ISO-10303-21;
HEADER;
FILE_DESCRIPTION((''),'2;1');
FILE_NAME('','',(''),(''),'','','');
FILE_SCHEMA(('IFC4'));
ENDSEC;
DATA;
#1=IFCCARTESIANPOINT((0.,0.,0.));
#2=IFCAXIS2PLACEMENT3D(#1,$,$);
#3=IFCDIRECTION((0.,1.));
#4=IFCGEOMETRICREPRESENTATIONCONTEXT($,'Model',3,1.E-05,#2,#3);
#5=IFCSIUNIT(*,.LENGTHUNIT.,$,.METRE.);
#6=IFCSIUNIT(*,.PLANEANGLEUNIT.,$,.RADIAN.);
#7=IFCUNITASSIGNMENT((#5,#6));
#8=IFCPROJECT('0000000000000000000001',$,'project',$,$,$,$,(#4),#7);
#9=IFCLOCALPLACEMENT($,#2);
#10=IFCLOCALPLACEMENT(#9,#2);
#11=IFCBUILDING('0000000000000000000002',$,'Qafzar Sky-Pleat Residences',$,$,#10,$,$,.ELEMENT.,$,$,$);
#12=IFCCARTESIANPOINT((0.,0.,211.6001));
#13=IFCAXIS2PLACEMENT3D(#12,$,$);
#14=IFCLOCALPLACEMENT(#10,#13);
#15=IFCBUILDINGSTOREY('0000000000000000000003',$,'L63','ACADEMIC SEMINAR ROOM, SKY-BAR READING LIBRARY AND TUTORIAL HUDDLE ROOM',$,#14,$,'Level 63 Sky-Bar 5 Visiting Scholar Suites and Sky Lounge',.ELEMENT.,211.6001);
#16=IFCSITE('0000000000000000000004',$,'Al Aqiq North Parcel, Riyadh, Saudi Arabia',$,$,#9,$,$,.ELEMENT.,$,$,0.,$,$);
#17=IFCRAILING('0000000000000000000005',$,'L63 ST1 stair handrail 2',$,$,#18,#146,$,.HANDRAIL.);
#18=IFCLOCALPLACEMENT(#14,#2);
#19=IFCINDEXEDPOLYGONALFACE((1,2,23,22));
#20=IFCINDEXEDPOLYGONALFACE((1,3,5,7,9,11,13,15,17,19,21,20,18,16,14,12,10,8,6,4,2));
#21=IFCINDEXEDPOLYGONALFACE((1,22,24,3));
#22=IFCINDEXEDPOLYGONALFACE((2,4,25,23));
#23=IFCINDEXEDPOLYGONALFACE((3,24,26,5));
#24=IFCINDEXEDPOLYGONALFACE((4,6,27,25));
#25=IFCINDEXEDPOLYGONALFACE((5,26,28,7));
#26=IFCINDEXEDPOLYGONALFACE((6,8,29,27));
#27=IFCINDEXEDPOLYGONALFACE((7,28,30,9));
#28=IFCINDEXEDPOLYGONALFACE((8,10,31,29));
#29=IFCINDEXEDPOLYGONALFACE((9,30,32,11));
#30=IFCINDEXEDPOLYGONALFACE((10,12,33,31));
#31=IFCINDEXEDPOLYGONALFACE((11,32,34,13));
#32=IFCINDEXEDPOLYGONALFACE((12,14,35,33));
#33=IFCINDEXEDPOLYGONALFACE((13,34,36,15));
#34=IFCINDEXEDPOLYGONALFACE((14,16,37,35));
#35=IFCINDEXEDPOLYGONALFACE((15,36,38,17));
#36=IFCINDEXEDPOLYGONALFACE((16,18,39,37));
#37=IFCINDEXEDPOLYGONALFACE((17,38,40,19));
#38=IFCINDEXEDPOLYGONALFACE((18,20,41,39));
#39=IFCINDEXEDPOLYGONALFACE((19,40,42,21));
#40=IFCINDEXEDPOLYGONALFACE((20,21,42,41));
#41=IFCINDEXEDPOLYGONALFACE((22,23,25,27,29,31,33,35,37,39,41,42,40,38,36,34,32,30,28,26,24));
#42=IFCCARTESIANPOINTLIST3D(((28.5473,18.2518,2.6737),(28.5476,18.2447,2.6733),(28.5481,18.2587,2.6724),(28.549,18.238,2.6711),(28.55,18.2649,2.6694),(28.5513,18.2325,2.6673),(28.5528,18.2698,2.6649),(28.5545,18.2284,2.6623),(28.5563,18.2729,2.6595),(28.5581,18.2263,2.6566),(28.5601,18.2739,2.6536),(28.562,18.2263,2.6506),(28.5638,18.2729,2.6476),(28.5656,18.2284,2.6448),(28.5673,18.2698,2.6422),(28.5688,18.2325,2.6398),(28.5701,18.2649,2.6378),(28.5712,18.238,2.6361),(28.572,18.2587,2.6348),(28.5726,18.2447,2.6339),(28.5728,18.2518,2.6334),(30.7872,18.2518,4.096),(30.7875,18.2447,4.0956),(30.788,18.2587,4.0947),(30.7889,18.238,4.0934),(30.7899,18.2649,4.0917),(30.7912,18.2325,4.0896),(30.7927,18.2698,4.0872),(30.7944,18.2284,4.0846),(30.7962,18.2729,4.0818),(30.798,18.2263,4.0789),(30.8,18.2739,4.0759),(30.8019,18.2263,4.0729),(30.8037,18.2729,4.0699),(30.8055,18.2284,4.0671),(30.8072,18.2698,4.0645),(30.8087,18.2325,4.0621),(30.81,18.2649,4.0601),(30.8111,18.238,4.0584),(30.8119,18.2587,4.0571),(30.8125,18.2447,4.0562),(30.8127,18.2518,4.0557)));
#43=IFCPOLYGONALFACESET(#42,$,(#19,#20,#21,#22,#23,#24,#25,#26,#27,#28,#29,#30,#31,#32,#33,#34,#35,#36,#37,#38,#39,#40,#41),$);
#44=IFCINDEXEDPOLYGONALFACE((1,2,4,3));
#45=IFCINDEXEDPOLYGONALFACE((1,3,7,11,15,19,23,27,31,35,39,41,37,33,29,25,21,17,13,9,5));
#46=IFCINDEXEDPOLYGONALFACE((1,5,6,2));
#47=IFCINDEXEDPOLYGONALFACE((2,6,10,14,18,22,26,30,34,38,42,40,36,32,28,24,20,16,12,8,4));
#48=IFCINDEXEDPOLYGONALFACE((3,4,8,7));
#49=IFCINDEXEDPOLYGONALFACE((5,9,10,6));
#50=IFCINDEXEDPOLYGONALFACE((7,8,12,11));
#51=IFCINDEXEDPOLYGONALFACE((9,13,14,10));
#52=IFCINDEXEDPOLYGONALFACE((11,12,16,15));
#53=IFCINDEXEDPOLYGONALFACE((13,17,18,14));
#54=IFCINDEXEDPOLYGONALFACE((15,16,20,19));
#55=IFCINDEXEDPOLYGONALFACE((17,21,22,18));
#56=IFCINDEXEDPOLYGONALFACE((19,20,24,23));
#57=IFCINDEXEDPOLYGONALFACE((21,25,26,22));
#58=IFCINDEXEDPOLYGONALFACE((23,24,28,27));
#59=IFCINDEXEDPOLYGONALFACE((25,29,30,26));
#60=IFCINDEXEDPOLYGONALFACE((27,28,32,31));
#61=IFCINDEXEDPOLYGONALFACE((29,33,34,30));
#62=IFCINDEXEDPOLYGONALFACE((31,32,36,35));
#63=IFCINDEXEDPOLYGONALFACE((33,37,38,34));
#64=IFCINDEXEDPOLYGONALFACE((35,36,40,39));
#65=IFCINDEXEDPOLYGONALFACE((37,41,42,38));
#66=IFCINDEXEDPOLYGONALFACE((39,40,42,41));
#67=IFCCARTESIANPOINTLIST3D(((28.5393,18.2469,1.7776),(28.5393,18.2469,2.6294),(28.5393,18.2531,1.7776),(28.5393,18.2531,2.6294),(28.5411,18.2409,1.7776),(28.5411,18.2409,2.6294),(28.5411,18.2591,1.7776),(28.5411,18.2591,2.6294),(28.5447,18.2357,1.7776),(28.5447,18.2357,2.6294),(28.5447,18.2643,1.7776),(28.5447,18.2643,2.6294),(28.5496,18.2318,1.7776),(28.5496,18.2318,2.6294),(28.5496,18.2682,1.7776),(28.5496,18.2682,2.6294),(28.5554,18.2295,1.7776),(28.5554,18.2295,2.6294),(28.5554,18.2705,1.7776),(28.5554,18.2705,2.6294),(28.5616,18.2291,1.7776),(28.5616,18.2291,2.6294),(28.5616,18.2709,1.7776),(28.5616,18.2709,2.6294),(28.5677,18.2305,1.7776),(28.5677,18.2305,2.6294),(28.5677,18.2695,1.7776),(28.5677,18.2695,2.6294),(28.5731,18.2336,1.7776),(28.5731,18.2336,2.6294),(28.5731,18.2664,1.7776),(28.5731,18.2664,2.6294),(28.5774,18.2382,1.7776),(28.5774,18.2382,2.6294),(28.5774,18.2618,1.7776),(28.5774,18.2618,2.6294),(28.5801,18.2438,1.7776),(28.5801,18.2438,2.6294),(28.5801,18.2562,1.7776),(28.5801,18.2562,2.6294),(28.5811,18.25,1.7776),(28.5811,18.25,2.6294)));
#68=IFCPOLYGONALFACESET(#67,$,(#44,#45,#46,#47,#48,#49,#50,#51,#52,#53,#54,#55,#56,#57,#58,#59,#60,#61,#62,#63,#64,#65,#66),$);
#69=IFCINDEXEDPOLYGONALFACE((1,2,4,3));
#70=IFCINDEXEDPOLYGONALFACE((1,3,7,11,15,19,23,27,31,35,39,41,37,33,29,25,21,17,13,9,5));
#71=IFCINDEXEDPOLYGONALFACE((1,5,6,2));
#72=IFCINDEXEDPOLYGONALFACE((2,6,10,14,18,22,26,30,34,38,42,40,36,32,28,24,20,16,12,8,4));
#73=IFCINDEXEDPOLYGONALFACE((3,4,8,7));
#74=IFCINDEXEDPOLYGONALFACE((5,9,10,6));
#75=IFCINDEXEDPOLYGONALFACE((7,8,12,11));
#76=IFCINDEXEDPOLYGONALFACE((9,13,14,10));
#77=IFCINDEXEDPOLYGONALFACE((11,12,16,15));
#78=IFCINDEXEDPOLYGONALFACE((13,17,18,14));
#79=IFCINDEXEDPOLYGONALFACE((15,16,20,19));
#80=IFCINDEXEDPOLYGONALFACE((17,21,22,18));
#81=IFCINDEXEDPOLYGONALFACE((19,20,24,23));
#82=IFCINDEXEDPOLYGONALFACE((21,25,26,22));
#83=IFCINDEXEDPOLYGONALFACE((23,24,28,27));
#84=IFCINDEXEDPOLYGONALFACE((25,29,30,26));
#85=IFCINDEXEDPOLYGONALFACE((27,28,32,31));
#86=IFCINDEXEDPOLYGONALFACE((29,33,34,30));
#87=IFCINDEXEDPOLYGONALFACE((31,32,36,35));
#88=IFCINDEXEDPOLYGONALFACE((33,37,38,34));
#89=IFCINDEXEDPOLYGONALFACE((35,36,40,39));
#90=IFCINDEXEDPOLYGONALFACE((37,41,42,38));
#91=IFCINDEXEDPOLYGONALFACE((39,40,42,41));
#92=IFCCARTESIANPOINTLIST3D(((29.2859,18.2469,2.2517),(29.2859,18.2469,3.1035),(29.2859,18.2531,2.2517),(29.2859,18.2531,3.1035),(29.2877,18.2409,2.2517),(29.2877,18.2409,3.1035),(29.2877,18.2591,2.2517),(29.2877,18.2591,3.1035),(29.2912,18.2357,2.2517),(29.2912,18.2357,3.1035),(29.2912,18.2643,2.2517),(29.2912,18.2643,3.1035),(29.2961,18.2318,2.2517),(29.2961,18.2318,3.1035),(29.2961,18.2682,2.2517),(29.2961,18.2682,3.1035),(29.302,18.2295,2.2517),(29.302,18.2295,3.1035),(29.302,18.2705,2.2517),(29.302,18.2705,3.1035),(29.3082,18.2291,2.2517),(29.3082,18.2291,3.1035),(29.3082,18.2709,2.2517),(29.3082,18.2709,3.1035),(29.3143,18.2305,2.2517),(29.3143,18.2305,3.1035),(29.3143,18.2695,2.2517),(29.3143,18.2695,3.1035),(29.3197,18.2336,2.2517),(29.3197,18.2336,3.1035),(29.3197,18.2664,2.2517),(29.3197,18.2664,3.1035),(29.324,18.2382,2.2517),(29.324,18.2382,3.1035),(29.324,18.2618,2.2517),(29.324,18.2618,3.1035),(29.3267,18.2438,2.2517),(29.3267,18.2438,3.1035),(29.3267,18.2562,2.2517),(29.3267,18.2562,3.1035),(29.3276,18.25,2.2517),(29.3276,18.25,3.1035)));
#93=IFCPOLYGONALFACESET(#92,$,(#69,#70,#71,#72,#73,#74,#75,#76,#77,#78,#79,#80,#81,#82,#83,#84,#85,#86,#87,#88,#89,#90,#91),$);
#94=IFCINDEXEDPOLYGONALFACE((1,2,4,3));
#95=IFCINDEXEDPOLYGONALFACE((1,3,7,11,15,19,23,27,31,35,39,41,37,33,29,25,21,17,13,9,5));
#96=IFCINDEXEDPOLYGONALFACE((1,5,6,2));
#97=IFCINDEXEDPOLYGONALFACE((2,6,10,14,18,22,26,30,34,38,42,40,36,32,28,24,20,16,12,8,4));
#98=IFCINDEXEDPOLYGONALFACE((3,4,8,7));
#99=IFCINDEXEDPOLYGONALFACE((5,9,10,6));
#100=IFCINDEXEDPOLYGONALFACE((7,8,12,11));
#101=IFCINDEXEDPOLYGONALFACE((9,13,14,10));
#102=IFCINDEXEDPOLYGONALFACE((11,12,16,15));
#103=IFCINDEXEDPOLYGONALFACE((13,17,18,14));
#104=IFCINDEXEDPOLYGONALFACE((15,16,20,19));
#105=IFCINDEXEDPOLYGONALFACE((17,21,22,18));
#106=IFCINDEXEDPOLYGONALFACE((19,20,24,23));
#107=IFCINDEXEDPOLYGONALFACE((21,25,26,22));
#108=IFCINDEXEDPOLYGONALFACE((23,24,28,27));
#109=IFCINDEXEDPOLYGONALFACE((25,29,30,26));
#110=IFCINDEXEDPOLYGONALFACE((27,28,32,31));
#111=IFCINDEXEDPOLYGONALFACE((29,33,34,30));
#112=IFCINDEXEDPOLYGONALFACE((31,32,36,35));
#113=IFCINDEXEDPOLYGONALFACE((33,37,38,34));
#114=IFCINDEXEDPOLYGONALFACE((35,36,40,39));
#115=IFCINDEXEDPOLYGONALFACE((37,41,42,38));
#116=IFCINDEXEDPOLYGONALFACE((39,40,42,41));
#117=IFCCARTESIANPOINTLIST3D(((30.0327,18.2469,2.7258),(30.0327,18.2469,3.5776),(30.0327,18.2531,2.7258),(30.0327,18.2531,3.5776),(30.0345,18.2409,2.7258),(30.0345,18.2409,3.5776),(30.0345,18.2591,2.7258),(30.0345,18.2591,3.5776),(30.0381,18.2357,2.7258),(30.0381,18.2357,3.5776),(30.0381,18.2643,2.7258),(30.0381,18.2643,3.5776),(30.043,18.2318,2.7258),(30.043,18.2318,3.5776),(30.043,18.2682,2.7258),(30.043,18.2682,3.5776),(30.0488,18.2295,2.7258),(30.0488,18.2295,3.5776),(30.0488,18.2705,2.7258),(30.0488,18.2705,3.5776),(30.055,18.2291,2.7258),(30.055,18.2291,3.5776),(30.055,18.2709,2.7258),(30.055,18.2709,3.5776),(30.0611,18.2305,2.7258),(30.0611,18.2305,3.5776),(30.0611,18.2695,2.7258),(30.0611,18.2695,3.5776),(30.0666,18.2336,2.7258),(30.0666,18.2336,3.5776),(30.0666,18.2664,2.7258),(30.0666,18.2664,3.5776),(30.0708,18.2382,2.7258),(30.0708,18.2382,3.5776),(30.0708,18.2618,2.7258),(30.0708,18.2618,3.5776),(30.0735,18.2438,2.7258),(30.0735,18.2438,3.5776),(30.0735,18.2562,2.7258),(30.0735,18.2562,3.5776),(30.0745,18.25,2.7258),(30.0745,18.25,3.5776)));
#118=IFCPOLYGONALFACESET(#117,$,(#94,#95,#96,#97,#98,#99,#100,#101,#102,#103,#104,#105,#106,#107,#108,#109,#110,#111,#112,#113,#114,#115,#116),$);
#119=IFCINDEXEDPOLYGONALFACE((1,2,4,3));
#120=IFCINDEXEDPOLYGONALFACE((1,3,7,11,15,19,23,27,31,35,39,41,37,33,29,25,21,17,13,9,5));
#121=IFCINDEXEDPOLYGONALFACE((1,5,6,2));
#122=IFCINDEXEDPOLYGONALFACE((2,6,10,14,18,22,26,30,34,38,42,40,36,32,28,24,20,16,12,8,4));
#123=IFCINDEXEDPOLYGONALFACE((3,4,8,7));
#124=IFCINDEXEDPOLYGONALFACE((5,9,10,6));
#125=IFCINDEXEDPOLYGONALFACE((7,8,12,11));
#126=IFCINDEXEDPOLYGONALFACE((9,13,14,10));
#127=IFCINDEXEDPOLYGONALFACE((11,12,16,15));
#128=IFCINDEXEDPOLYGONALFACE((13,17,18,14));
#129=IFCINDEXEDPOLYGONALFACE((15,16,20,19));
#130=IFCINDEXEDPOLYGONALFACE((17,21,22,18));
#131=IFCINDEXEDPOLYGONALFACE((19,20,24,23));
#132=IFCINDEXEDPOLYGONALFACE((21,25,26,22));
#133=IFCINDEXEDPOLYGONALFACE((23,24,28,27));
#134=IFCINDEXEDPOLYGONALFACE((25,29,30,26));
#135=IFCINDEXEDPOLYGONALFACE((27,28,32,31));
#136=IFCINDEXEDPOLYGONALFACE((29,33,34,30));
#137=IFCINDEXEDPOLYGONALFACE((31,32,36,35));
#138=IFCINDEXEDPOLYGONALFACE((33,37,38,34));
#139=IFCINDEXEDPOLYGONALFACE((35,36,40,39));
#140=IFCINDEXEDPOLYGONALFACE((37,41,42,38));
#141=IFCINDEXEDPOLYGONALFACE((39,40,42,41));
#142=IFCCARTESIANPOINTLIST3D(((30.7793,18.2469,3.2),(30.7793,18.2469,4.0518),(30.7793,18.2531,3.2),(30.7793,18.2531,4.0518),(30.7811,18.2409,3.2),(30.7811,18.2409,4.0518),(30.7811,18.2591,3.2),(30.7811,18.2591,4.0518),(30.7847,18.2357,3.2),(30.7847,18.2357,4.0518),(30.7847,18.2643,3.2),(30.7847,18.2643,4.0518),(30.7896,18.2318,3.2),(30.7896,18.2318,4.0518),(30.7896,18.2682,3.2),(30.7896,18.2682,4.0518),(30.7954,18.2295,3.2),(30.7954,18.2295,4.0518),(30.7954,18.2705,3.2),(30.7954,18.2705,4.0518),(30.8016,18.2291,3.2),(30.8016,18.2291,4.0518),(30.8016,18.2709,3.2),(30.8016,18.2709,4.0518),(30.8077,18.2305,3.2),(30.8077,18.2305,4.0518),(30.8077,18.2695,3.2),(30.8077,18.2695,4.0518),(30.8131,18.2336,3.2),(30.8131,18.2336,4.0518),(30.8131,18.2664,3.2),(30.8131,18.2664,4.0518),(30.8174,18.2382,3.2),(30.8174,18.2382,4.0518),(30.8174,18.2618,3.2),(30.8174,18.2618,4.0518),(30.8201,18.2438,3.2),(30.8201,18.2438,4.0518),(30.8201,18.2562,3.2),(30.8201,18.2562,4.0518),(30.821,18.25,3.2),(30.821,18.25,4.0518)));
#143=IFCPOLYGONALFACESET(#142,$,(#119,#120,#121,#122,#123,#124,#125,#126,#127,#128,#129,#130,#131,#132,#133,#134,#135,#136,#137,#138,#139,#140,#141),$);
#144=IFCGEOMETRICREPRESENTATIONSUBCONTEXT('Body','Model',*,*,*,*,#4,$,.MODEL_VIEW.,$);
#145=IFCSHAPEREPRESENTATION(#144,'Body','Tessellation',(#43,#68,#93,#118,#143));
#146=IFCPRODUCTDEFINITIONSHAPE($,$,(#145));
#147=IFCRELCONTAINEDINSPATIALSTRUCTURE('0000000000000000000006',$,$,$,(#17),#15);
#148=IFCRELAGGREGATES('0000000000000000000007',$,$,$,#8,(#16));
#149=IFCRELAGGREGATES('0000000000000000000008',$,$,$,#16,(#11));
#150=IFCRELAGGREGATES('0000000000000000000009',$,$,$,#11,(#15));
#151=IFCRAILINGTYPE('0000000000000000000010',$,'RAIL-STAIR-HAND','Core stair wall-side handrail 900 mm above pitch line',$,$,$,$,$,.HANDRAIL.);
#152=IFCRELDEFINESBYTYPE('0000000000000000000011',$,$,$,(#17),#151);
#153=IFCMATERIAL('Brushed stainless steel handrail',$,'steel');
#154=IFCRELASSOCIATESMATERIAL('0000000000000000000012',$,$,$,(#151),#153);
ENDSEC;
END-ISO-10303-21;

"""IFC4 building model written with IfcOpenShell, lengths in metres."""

from ifc_helpers import new_model, si_unit, direction, frame, origin, origin_2d, place, context, subcontext, project, spatial, circle, extrude, source, transform, mapped, material, type_object, element, save


model = new_model("IFC4")

# Units and contexts
model_context = context("Model", 3, precision=1e-05, world=origin(), true_north=direction((0.0, 1.0)))
body_context = subcontext(model_context, "Body", "Model", "MODEL_VIEW")
ifc_project = project(units=[si_unit("LENGTHUNIT", "METRE"), si_unit("PLANEANGLEUNIT", "RADIAN")], contexts=[model_context])

# Site, building, storey
site_placement = place(None, origin())
site = spatial("IfcSite", under=ifc_project, at=site_placement, Name="Al Aqiq North Parcel, Riyadh, Saudi Arabia", CompositionType="ELEMENT", RefElevation=0.0)
building_placement = place(site_placement, origin())
building = spatial("IfcBuilding", under=site, at=building_placement, Name="Qafzar Sky-Pleat Residences", CompositionType="ELEMENT")
storey_placement = place(building_placement, frame((0.0, 0.0, 211.6001)))
storey = spatial("IfcBuildingStorey", under=building, at=storey_placement, Name="L63", Description="ACADEMIC SEMINAR ROOM, SKY-BAR READING LIBRARY AND TUTORIAL HUDDLE ROOM", LongName="Level 63 Sky-Bar 5 Visiting Scholar Suites and Sky Lounge", CompositionType="ELEMENT", Elevation=211.6001)

# Railing
ifc_material_1 = material(Name="Brushed stainless steel handrail", Category="steel")
railing_type_1 = type_object("IfcRailingType", Name="RAIL-STAIR-HAND", Description="Core stair wall-side handrail 900 mm above pitch line", PredefinedType="HANDRAIL", material=ifc_material_1)
shared_shape_1 = source(origin(), body_context, "Body", "SweptSolid", [
    extrude(circle(Radius=0.0239, at=origin_2d()), frame((0.0, 0.0, 0.876), z_axis=(0.844188, 0.0, 0.536048), x_axis=(0.0, 1.0, 0.0)), (0.0, 0.0, 1.0), 2.6533),
    extrude(circle(Radius=0.021, at=origin_2d()), origin(), (0.0, 0.0, 1.0), 0.8518),
    extrude(circle(Radius=0.021, at=origin_2d()), frame((0.7466, 0.0, 0.4741)), (0.0, 0.0, 1.0), 0.8518),
    extrude(circle(Radius=0.021, at=origin_2d()), frame((1.4934, 0.0, 0.9482)), (0.0, 0.0, 1.0), 0.8518),
    extrude(circle(Radius=0.021, at=origin_2d()), frame((2.24, 0.0, 1.4224)), (0.0, 0.0, 1.0), 0.8518),
])
railing_1_placement = place(storey_placement, frame((28.5601, 18.25, 1.7776)))
element("IfcRailing", 1, at=railing_1_placement, inside=storey, type_object=railing_type_1, Name="L63 ST1 stair handrail 2", PredefinedType="HANDRAIL", context=body_context, shape_type="MappedRepresentation", body=[
    mapped(shared_shape_1, transform((0.0, 0.0, 0.0), x_axis=(1.0, 0.0, 0.0), y_axis=(0.0, 1.0, 0.0), z_axis=(0.0, 0.0, 1.0), scale=1.0)),
])

save(model, "model.ifc")
